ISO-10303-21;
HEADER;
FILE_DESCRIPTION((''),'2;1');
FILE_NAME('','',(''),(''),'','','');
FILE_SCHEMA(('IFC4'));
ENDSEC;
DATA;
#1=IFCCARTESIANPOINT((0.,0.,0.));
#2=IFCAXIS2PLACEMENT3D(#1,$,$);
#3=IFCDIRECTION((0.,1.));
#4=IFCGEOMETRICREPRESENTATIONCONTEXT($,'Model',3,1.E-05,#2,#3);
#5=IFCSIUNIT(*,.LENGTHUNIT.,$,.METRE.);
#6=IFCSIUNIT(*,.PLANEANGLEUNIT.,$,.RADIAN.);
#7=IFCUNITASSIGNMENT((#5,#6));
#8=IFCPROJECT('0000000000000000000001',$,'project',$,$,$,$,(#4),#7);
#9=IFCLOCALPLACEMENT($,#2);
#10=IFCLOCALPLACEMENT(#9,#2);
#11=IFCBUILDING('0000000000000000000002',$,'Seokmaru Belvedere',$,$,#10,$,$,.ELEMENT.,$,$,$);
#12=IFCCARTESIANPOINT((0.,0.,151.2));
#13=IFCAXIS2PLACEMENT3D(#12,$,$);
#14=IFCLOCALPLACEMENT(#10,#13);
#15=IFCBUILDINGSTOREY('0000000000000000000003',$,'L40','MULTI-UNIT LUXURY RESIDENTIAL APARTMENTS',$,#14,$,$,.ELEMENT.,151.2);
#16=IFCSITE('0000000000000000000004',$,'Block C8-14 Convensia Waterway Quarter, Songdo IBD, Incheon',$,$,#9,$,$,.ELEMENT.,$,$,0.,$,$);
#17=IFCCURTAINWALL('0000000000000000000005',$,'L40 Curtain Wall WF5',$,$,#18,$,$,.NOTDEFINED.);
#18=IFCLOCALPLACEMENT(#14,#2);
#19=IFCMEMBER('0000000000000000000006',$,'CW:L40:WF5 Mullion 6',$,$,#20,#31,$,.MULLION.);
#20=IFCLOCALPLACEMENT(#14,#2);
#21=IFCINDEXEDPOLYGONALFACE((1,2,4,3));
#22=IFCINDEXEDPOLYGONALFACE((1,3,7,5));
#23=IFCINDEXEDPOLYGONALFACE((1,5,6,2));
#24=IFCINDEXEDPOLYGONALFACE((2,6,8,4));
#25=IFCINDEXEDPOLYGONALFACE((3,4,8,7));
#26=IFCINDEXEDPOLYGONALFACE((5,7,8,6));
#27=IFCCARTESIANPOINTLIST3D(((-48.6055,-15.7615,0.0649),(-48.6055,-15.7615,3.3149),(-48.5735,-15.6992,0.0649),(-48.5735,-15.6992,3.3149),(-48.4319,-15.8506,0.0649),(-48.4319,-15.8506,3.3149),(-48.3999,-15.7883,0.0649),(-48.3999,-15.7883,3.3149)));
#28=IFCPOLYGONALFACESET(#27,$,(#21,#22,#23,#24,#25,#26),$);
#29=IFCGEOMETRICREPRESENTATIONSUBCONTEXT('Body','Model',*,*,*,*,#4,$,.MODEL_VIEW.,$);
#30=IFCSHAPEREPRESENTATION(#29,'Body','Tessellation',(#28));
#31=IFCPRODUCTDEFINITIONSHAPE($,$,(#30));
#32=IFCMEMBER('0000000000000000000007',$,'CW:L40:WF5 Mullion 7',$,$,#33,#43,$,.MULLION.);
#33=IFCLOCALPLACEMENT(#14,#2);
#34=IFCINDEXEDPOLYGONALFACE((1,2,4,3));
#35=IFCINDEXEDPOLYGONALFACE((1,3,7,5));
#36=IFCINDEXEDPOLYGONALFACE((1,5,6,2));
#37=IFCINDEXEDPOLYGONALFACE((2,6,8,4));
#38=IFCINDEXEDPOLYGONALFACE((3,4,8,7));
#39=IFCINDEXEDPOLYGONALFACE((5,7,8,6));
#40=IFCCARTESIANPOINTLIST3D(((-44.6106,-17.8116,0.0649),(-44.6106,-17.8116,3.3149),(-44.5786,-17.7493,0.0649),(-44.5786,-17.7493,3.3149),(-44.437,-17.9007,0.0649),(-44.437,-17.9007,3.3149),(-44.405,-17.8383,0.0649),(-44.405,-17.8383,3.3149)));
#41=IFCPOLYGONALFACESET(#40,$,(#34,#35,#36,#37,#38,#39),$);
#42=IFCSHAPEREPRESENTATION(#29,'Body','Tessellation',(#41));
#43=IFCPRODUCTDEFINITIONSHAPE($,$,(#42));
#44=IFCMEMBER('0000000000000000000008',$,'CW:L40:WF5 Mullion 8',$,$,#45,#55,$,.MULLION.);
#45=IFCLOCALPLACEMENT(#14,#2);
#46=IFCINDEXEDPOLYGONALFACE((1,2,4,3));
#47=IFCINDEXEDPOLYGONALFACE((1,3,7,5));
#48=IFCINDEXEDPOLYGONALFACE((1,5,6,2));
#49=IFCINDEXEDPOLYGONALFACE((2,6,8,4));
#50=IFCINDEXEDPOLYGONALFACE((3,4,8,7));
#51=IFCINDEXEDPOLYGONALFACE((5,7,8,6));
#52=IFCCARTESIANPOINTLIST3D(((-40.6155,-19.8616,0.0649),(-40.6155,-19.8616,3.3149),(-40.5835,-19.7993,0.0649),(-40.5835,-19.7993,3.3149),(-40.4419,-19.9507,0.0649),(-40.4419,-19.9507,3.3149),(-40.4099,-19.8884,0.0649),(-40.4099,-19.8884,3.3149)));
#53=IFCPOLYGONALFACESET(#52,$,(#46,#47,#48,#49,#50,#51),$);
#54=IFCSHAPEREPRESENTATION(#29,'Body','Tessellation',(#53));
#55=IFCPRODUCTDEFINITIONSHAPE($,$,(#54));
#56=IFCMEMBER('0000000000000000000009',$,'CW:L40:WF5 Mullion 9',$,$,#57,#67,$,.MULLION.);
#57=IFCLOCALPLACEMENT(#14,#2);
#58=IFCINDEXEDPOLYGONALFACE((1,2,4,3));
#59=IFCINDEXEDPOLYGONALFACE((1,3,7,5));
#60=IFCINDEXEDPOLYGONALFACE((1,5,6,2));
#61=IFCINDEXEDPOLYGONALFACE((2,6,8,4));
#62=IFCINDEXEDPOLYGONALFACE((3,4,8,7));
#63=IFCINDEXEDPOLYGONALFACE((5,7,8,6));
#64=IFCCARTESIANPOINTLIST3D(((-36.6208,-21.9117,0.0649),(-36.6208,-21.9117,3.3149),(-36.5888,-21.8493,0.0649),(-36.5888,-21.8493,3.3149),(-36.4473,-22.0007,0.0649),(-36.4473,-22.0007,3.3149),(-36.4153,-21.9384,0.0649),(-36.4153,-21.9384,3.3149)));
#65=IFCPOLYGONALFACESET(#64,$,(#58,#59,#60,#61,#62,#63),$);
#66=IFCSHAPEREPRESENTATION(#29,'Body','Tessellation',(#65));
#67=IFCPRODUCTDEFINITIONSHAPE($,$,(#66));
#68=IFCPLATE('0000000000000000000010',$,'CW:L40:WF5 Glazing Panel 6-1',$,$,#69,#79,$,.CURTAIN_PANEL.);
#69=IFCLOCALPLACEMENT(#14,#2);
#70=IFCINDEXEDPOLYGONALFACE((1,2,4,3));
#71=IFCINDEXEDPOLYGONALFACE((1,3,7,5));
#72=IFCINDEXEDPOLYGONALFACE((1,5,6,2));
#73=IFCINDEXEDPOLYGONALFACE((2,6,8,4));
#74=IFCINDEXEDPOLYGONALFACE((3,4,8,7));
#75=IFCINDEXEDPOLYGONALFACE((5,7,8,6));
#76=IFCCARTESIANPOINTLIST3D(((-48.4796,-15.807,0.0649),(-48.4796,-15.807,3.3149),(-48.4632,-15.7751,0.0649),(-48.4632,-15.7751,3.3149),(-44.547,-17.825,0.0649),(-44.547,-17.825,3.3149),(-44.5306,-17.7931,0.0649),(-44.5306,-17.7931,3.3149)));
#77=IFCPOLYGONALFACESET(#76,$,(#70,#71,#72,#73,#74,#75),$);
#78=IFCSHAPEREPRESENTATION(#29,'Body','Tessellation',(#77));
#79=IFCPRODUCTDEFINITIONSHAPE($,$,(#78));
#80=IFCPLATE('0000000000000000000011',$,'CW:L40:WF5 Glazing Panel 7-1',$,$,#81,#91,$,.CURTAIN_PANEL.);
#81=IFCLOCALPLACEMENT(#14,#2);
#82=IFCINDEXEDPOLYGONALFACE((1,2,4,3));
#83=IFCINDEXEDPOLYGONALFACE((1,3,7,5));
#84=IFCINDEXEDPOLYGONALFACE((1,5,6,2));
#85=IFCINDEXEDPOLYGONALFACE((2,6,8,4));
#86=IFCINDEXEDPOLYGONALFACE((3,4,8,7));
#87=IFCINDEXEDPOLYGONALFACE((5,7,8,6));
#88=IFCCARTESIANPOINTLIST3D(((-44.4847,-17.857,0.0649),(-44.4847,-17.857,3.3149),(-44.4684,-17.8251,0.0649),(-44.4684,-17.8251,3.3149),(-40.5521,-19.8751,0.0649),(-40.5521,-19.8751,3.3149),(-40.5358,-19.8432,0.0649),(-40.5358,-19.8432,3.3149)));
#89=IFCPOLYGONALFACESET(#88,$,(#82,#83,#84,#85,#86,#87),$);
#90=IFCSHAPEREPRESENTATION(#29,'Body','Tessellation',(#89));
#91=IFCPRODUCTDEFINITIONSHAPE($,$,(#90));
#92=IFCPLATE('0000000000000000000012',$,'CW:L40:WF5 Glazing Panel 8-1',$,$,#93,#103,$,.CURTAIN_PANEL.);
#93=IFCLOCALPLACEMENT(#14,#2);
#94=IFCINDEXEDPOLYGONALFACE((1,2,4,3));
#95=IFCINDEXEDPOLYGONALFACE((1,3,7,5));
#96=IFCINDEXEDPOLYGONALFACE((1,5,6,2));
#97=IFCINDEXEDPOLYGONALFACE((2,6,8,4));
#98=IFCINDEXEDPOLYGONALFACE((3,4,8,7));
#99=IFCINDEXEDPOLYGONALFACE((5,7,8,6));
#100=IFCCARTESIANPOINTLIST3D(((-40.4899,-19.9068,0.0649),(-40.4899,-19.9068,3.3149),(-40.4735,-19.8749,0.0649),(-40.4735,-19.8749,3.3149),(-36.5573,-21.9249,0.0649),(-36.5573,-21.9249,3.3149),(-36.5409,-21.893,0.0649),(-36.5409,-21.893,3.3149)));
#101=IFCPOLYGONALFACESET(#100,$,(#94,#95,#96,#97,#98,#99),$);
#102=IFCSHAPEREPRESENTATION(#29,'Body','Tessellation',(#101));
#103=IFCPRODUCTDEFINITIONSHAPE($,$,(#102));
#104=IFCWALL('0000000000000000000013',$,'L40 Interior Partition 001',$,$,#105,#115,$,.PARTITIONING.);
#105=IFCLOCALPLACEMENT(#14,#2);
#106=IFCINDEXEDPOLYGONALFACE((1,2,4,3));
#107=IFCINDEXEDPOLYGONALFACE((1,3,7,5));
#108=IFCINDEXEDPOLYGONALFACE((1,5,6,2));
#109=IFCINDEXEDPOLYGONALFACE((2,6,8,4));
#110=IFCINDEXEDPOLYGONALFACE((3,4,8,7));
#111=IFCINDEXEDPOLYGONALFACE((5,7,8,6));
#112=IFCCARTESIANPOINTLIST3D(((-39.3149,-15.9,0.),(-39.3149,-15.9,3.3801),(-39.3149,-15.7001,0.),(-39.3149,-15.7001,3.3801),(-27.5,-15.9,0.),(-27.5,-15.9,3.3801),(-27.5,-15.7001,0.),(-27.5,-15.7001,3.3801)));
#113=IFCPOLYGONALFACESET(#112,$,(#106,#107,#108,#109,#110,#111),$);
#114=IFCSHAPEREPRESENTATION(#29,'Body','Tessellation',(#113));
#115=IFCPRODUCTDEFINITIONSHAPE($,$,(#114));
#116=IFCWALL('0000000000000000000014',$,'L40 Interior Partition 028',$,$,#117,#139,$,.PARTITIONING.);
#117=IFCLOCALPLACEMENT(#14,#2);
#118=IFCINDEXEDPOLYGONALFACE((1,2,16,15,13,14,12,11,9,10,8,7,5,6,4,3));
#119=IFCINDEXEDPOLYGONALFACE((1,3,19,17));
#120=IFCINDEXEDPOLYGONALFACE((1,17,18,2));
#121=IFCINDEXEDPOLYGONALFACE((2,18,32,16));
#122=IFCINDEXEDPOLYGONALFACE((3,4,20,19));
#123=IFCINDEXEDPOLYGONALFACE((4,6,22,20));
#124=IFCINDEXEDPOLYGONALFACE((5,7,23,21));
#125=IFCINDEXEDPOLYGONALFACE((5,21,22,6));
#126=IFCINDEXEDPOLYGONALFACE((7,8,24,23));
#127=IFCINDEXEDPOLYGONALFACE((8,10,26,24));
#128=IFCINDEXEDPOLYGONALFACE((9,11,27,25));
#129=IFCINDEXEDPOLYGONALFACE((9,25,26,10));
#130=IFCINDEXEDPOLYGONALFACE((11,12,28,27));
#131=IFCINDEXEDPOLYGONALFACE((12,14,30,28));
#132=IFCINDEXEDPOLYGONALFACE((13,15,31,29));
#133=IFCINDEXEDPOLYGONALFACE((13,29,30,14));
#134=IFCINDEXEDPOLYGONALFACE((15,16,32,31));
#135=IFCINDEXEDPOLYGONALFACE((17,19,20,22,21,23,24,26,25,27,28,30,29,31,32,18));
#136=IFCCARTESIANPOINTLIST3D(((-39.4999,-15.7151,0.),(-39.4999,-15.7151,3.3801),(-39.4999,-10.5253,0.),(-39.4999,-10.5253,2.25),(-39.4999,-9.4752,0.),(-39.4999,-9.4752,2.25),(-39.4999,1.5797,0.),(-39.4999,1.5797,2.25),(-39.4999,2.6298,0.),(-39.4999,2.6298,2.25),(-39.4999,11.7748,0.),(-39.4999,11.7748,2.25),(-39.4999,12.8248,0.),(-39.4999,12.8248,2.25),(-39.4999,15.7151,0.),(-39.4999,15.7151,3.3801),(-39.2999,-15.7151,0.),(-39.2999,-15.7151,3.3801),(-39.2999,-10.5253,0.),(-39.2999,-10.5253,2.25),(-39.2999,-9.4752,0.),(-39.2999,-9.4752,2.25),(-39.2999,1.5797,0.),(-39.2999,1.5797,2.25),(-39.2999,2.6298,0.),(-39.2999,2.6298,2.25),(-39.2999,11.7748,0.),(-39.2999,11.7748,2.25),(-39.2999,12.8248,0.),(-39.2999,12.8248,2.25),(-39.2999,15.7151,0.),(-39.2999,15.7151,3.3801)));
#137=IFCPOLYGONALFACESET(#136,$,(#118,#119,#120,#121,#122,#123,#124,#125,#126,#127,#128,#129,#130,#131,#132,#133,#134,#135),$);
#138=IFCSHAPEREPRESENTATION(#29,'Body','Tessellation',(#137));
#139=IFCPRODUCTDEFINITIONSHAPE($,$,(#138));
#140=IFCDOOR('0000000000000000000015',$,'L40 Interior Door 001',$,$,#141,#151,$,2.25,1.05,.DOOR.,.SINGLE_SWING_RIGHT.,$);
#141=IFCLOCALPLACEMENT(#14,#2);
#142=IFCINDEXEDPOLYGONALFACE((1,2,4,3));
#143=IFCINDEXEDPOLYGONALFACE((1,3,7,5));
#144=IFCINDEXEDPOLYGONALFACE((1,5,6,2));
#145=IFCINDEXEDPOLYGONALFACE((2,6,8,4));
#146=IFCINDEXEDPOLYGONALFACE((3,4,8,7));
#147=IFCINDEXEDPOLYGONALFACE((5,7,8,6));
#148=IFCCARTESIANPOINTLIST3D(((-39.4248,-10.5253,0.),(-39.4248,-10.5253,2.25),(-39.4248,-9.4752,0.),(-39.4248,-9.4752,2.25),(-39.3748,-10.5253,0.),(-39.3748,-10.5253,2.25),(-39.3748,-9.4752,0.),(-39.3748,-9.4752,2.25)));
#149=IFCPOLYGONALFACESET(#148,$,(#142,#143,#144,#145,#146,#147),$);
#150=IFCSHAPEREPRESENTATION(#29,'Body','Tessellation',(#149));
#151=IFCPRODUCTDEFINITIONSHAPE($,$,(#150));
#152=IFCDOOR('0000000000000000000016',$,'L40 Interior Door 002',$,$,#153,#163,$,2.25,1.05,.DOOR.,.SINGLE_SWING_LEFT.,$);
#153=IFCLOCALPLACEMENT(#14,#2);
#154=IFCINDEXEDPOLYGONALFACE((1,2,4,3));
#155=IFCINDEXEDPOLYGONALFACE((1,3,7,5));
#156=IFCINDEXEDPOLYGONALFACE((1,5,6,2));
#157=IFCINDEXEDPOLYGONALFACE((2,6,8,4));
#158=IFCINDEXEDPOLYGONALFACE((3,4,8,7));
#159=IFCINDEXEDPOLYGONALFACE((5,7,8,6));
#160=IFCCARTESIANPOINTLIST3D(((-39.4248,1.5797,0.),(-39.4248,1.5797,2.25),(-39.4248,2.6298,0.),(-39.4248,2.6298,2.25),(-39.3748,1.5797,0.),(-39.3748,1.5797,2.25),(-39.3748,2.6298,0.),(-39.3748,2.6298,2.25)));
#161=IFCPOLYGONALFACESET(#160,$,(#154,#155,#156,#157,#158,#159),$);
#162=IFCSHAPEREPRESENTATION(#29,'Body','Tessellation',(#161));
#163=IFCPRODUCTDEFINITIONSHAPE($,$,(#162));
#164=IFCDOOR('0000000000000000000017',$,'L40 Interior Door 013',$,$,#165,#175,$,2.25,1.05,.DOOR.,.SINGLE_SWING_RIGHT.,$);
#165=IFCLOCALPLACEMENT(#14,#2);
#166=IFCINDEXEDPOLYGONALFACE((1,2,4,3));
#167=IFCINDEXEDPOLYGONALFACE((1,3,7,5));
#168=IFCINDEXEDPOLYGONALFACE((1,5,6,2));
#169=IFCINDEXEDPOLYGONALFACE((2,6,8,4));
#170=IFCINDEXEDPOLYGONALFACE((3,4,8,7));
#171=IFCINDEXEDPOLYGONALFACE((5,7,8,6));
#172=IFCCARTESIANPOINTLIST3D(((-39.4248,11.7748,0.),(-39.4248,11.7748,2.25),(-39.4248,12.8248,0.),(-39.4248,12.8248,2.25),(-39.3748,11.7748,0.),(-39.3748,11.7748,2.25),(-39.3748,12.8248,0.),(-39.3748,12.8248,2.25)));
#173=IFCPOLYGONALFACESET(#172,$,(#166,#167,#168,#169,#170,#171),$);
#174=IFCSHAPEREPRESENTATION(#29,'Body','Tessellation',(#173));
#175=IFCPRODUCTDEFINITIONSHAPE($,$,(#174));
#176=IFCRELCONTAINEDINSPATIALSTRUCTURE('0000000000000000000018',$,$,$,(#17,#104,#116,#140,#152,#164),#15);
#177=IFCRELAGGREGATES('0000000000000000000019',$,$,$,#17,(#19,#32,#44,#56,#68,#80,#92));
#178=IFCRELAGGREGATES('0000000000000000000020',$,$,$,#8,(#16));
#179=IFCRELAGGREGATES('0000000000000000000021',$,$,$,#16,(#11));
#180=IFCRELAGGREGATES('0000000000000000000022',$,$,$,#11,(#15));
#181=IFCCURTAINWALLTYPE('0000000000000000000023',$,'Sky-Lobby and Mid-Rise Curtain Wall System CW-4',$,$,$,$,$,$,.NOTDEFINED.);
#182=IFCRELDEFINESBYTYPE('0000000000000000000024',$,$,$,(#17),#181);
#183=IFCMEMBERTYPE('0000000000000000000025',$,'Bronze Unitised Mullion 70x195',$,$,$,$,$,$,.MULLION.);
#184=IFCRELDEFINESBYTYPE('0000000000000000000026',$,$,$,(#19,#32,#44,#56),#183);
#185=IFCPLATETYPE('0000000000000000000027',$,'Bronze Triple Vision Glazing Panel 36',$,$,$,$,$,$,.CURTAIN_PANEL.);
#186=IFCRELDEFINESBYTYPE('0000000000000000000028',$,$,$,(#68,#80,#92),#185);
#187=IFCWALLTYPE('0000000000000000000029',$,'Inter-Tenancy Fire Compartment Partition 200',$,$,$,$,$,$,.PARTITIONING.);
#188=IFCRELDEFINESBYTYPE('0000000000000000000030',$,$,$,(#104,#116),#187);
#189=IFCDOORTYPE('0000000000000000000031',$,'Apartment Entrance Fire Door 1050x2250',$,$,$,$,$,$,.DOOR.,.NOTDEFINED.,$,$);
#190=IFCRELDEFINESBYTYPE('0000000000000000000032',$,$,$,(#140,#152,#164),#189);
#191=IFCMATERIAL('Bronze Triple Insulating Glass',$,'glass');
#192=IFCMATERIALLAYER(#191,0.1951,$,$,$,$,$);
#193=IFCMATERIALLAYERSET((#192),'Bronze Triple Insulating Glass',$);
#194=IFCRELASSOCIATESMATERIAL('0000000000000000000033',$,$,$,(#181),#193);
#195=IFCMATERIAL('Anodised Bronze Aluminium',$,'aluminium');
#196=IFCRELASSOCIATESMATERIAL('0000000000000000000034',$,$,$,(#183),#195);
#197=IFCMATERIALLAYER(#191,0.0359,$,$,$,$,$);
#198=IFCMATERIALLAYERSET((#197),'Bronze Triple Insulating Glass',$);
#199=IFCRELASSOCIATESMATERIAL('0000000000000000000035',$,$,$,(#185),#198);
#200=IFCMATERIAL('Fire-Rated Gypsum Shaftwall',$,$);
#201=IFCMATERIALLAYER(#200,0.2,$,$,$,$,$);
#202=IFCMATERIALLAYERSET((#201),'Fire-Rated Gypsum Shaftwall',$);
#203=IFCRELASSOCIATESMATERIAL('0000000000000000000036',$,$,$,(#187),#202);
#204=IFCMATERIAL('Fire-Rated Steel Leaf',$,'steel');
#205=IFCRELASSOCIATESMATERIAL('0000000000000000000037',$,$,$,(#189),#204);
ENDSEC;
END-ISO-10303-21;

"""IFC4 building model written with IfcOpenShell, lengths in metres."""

from ifc_helpers import new_model, si_unit, direction, frame, frame_2d, origin, origin_2d, place, context, subcontext, project, spatial, rectangle, extrude, source, transform, mapped, material, layer, layer_set, material_profile, profile_set, type_object, type_shapes, element, fill, aggregate, save


model = new_model("IFC4")

# Units and contexts
model_context = context("Model", 3, precision=1e-05, world=origin(), true_north=direction((0.0, 1.0)))
body_context = subcontext(model_context, "Body", "Model", "MODEL_VIEW")
ifc_project = project(units=[si_unit("LENGTHUNIT", "METRE"), si_unit("PLANEANGLEUNIT", "RADIAN")], contexts=[model_context])

# Site, building, storey
site_placement = place(None, origin())
site = spatial("IfcSite", under=ifc_project, at=site_placement, Name="Block C8-14 Convensia Waterway Quarter, Songdo IBD, Incheon", CompositionType="ELEMENT", RefElevation=0.0)
building_placement = place(site_placement, origin())
building = spatial("IfcBuilding", under=site, at=building_placement, Name="Seokmaru Belvedere", CompositionType="ELEMENT")
storey_placement = place(building_placement, frame((0.0, 0.0, 151.2)))
storey = spatial("IfcBuildingStorey", under=building, at=storey_placement, Name="L40", Description="MULTI-UNIT LUXURY RESIDENTIAL APARTMENTS", CompositionType="ELEMENT", Elevation=151.2)

# Curtain wall, members, plates
ifc_material_1 = material(Name="Bronze Triple Insulating Glass", Category="glass")
ifc_layer_1 = layer(ifc_material_1, 0.1951)
ifc_layer_set_1 = layer_set([ifc_layer_1], Name="Bronze Triple Insulating Glass")
curtain_wall_type = type_object("IfcCurtainWallType", Name="Sky-Lobby and Mid-Rise Curtain Wall System CW-4", PredefinedType="NOTDEFINED", material=ifc_layer_set_1)
curtain_wall_placement = place(storey_placement, origin())
curtain_wall = element("IfcCurtainWall", 1, at=curtain_wall_placement, inside=storey, type_object=curtain_wall_type, Name="L40 Curtain Wall WF5", PredefinedType="NOTDEFINED")
ifc_material_2 = material(Name="Anodised Bronze Aluminium", Category="aluminium")
ifc_material_profile_1 = material_profile(ifc_material_2, rectangle(XDim=0.0701, YDim=0.1951, at=origin_2d()), Name="CW-M-70x195")
ifc_profile_set_1 = profile_set([ifc_material_profile_1], Name="Anodised Bronze Aluminium")
member_type = type_object("IfcMemberType", Name="Bronze Unitised Mullion 70x195", PredefinedType="MULLION", material=ifc_profile_set_1)
shared_shape_1 = source(origin(), body_context, "Body", "SweptSolid", [
    extrude(rectangle(XDim=0.0701, YDim=0.1951, at=origin_2d()), origin(), (0.0, 0.0, 1.0), 3.25),
])
type_shapes(member_type, [shared_shape_1])
member_1_placement = place(storey_placement, frame((-48.5027, -15.7749, 0.0649), z_axis=(0.0, 0.0, 1.0), x_axis=(0.456555, 0.889695, 0.0)))
member_1 = element("IfcMember", 2, at=member_1_placement, type_object=member_type, Name="CW:L40:WF5 Mullion 6", PredefinedType="MULLION", context=body_context, shape_type="MappedRepresentation", body=[
    mapped(shared_shape_1, transform((0.0, 0.0, 0.0), scale=1.0)),
])
member_2_placement = place(storey_placement, frame((-44.5078, -17.825, 0.0649), z_axis=(0.0, 0.0, 1.0), x_axis=(0.456555, 0.889695, 0.0)))
member_2 = element("IfcMember", 3, at=member_2_placement, type_object=member_type, Name="CW:L40:WF5 Mullion 7", PredefinedType="MULLION", context=body_context, shape_type="MappedRepresentation", body=[
    mapped(shared_shape_1, transform((0.0, 0.0, 0.0), scale=1.0)),
])
member_3_placement = place(storey_placement, frame((-40.5127, -19.875, 0.0649), z_axis=(0.0, 0.0, 1.0), x_axis=(0.456555, 0.889695, 0.0)))
member_3 = element("IfcMember", 4, at=member_3_placement, type_object=member_type, Name="CW:L40:WF5 Mullion 8", PredefinedType="MULLION", context=body_context, shape_type="MappedRepresentation", body=[
    mapped(shared_shape_1, transform((0.0, 0.0, 0.0), scale=1.0)),
])
member_4_placement = place(storey_placement, frame((-36.5181, -21.925, 0.0649), z_axis=(0.0, 0.0, 1.0), x_axis=(0.456555, 0.889695, 0.0)))
member_4 = element("IfcMember", 5, at=member_4_placement, type_object=member_type, Name="CW:L40:WF5 Mullion 9", PredefinedType="MULLION", context=body_context, shape_type="MappedRepresentation", body=[
    mapped(shared_shape_1, transform((0.0, 0.0, 0.0), scale=1.0)),
])
ifc_layer_2 = layer(ifc_material_1, 0.0359)
ifc_layer_set_2 = layer_set([ifc_layer_2], Name="Bronze Triple Insulating Glass")
plate_type = type_object("IfcPlateType", Name="Bronze Triple Vision Glazing Panel 36", PredefinedType="CURTAIN_PANEL", material=ifc_layer_set_2)
shared_shape_2 = source(origin(), body_context, "Body", "SweptSolid", [
    extrude(rectangle(XDim=4.4202, YDim=0.0359, at=origin_2d()), origin(), (0.0, 0.0, 1.0), 3.25),
])
type_shapes(plate_type, [shared_shape_2])
plate_1_placement = place(storey_placement, frame((-46.5051, -16.8, 0.0649), z_axis=(0.0, 0.0, 1.0), x_axis=(0.889695, -0.456555, 0.0)))
plate_1 = element("IfcPlate", 6, at=plate_1_placement, type_object=plate_type, Name="CW:L40:WF5 Glazing Panel 6-1", PredefinedType="CURTAIN_PANEL", context=body_context, shape_type="MappedRepresentation", body=[
    mapped(shared_shape_2, transform((0.0, 0.0, 0.0), scale=1.0)),
])
plate_2_placement = place(storey_placement, frame((-42.5103, -18.8501, 0.0649), z_axis=(0.0, 0.0, 1.0), x_axis=(0.889695, -0.456555, 0.0)))
plate_2 = element("IfcPlate", 7, at=plate_2_placement, type_object=plate_type, Name="CW:L40:WF5 Glazing Panel 7-1", PredefinedType="CURTAIN_PANEL", context=body_context, shape_type="MappedRepresentation", body=[
    mapped(shared_shape_2, transform((0.0, 0.0, 0.0), scale=1.0)),
])
plate_3_placement = place(storey_placement, frame((-38.5154, -20.8999, 0.0649), z_axis=(0.0, 0.0, 1.0), x_axis=(0.889695, -0.456555, 0.0)))
plate_3 = element("IfcPlate", 8, at=plate_3_placement, type_object=plate_type, Name="CW:L40:WF5 Glazing Panel 8-1", PredefinedType="CURTAIN_PANEL", context=body_context, shape_type="MappedRepresentation", body=[
    mapped(shared_shape_2, transform((0.0, 0.0, 0.0), scale=1.0)),
])
aggregate(curtain_wall, [member_1, member_2, member_3, member_4, plate_1, plate_2, plate_3])

# Wall
ifc_material_3 = material(Name="Fire-Rated Gypsum Shaftwall")
ifc_layer_3 = layer(ifc_material_3, 0.2)
ifc_layer_set_3 = layer_set([ifc_layer_3], Name="Fire-Rated Gypsum Shaftwall")
wall_type_1 = type_object("IfcWallType", Name="Inter-Tenancy Fire Compartment Partition 200", PredefinedType="PARTITIONING", material=ifc_layer_set_3)
wall_1_placement = place(storey_placement, frame((-39.3149, -15.8, 0.0), z_axis=(0.0, 0.0, 1.0), x_axis=(1.0, 0.0, 0.0)))
element("IfcWall", 9, at=wall_1_placement, inside=storey, type_object=wall_type_1, Name="L40 Interior Partition 001", PredefinedType="PARTITIONING", context=body_context, shape_type="SweptSolid", body=[
    extrude(rectangle(XDim=11.8149, YDim=0.2, at=frame_2d((5.9075, 0.0))), origin(), (0.0, 0.0, 1.0), 3.3801),
])

# Wall, openings, doors
wall_2_placement = place(storey_placement, frame((-39.3999, -15.7151, 0.0), z_axis=(0.0, 0.0, 1.0), x_axis=(0.0, 1.0, 0.0)))
wall_2 = element("IfcWall", 10, at=wall_2_placement, inside=storey, type_object=wall_type_1, Name="L40 Interior Partition 028", PredefinedType="PARTITIONING", context=body_context, shape_type="SweptSolid", body=[
    extrude(rectangle(XDim=31.4302, YDim=0.2, at=frame_2d((15.7151, 0.0))), origin(), (0.0, 0.0, 1.0), 3.3801),
])
opening_1_placement = place(wall_2_placement, frame((5.1899, 0.0, 0.0)))
opening_1 = element("IfcOpeningElement", 11, at=opening_1_placement, cuts=wall_2, PredefinedType="OPENING", context=body_context, shape_type="SweptSolid", body=[
    extrude(rectangle(XDim=1.05, YDim=2.25, at=frame_2d((0.5249, 1.125))), frame((0.0, 0.1099, 0.0), z_axis=(0.0, -1.0, 0.0), x_axis=(1.0, 0.0, 0.0)), (0.0, 0.0, 1.0), 0.22),
])
opening_2_placement = place(wall_2_placement, frame((17.2949, 0.0, 0.0)))
opening_2 = element("IfcOpeningElement", 12, at=opening_2_placement, cuts=wall_2, PredefinedType="OPENING", context=body_context, shape_type="SweptSolid", body=[
    extrude(rectangle(XDim=1.05, YDim=2.25, at=frame_2d((0.5249, 1.125))), frame((0.0, 0.1099, 0.0), z_axis=(0.0, -1.0, 0.0), x_axis=(1.0, 0.0, 0.0)), (0.0, 0.0, 1.0), 0.22),
])
opening_3_placement = place(wall_2_placement, frame((27.49, 0.0, 0.0)))
opening_3 = element("IfcOpeningElement", 13, at=opening_3_placement, cuts=wall_2, PredefinedType="OPENING", context=body_context, shape_type="SweptSolid", body=[
    extrude(rectangle(XDim=1.05, YDim=2.25, at=frame_2d((0.5249, 1.125))), frame((0.0, 0.1099, 0.0), z_axis=(0.0, -1.0, 0.0), x_axis=(1.0, 0.0, 0.0)), (0.0, 0.0, 1.0), 0.22),
])
ifc_material_4 = material(Name="Fire-Rated Steel Leaf", Category="steel")
door_type = type_object("IfcDoorType", Name="Apartment Entrance Fire Door 1050x2250", OperationType="NOTDEFINED", PredefinedType="DOOR", material=ifc_material_4)
shared_shape_3 = source(origin(), body_context, "Body", "SweptSolid", [
    extrude(rectangle(XDim=1.05, YDim=2.25, at=frame_2d((0.5249, 1.125))), frame((0.0, 0.0249, 0.0), z_axis=(0.0, -1.0, 0.0), x_axis=(1.0, 0.0, 0.0)), (0.0, 0.0, 1.0), 0.05),
])
type_shapes(door_type, [shared_shape_3])
door_1_placement = place(opening_1_placement, origin())
door_1 = element("IfcDoor", 14, at=door_1_placement, inside=storey, type_object=door_type, Name="L40 Interior Door 001", OperationType="SINGLE_SWING_RIGHT", OverallHeight=2.25, OverallWidth=1.05, PredefinedType="DOOR", context=body_context, shape_type="MappedRepresentation", body=[
    mapped(shared_shape_3, transform((0.0, 0.0, 0.0), scale=1.0)),
])
fill(opening_1, door_1)
door_2_placement = place(opening_2_placement, origin())
door_2 = element("IfcDoor", 15, at=door_2_placement, inside=storey, type_object=door_type, Name="L40 Interior Door 002", OperationType="SINGLE_SWING_LEFT", OverallHeight=2.25, OverallWidth=1.05, PredefinedType="DOOR", context=body_context, shape_type="MappedRepresentation", body=[
    mapped(shared_shape_3, transform((0.0, 0.0, 0.0), scale=1.0)),
])
fill(opening_2, door_2)
door_3_placement = place(opening_3_placement, origin())
door_3 = element("IfcDoor", 16, at=door_3_placement, inside=storey, type_object=door_type, Name="L40 Interior Door 013", OperationType="SINGLE_SWING_RIGHT", OverallHeight=2.25, OverallWidth=1.05, PredefinedType="DOOR", context=body_context, shape_type="MappedRepresentation", body=[
    mapped(shared_shape_3, transform((0.0, 0.0, 0.0), scale=1.0)),
])
fill(opening_3, door_3)

save(model, "model.ifc")
